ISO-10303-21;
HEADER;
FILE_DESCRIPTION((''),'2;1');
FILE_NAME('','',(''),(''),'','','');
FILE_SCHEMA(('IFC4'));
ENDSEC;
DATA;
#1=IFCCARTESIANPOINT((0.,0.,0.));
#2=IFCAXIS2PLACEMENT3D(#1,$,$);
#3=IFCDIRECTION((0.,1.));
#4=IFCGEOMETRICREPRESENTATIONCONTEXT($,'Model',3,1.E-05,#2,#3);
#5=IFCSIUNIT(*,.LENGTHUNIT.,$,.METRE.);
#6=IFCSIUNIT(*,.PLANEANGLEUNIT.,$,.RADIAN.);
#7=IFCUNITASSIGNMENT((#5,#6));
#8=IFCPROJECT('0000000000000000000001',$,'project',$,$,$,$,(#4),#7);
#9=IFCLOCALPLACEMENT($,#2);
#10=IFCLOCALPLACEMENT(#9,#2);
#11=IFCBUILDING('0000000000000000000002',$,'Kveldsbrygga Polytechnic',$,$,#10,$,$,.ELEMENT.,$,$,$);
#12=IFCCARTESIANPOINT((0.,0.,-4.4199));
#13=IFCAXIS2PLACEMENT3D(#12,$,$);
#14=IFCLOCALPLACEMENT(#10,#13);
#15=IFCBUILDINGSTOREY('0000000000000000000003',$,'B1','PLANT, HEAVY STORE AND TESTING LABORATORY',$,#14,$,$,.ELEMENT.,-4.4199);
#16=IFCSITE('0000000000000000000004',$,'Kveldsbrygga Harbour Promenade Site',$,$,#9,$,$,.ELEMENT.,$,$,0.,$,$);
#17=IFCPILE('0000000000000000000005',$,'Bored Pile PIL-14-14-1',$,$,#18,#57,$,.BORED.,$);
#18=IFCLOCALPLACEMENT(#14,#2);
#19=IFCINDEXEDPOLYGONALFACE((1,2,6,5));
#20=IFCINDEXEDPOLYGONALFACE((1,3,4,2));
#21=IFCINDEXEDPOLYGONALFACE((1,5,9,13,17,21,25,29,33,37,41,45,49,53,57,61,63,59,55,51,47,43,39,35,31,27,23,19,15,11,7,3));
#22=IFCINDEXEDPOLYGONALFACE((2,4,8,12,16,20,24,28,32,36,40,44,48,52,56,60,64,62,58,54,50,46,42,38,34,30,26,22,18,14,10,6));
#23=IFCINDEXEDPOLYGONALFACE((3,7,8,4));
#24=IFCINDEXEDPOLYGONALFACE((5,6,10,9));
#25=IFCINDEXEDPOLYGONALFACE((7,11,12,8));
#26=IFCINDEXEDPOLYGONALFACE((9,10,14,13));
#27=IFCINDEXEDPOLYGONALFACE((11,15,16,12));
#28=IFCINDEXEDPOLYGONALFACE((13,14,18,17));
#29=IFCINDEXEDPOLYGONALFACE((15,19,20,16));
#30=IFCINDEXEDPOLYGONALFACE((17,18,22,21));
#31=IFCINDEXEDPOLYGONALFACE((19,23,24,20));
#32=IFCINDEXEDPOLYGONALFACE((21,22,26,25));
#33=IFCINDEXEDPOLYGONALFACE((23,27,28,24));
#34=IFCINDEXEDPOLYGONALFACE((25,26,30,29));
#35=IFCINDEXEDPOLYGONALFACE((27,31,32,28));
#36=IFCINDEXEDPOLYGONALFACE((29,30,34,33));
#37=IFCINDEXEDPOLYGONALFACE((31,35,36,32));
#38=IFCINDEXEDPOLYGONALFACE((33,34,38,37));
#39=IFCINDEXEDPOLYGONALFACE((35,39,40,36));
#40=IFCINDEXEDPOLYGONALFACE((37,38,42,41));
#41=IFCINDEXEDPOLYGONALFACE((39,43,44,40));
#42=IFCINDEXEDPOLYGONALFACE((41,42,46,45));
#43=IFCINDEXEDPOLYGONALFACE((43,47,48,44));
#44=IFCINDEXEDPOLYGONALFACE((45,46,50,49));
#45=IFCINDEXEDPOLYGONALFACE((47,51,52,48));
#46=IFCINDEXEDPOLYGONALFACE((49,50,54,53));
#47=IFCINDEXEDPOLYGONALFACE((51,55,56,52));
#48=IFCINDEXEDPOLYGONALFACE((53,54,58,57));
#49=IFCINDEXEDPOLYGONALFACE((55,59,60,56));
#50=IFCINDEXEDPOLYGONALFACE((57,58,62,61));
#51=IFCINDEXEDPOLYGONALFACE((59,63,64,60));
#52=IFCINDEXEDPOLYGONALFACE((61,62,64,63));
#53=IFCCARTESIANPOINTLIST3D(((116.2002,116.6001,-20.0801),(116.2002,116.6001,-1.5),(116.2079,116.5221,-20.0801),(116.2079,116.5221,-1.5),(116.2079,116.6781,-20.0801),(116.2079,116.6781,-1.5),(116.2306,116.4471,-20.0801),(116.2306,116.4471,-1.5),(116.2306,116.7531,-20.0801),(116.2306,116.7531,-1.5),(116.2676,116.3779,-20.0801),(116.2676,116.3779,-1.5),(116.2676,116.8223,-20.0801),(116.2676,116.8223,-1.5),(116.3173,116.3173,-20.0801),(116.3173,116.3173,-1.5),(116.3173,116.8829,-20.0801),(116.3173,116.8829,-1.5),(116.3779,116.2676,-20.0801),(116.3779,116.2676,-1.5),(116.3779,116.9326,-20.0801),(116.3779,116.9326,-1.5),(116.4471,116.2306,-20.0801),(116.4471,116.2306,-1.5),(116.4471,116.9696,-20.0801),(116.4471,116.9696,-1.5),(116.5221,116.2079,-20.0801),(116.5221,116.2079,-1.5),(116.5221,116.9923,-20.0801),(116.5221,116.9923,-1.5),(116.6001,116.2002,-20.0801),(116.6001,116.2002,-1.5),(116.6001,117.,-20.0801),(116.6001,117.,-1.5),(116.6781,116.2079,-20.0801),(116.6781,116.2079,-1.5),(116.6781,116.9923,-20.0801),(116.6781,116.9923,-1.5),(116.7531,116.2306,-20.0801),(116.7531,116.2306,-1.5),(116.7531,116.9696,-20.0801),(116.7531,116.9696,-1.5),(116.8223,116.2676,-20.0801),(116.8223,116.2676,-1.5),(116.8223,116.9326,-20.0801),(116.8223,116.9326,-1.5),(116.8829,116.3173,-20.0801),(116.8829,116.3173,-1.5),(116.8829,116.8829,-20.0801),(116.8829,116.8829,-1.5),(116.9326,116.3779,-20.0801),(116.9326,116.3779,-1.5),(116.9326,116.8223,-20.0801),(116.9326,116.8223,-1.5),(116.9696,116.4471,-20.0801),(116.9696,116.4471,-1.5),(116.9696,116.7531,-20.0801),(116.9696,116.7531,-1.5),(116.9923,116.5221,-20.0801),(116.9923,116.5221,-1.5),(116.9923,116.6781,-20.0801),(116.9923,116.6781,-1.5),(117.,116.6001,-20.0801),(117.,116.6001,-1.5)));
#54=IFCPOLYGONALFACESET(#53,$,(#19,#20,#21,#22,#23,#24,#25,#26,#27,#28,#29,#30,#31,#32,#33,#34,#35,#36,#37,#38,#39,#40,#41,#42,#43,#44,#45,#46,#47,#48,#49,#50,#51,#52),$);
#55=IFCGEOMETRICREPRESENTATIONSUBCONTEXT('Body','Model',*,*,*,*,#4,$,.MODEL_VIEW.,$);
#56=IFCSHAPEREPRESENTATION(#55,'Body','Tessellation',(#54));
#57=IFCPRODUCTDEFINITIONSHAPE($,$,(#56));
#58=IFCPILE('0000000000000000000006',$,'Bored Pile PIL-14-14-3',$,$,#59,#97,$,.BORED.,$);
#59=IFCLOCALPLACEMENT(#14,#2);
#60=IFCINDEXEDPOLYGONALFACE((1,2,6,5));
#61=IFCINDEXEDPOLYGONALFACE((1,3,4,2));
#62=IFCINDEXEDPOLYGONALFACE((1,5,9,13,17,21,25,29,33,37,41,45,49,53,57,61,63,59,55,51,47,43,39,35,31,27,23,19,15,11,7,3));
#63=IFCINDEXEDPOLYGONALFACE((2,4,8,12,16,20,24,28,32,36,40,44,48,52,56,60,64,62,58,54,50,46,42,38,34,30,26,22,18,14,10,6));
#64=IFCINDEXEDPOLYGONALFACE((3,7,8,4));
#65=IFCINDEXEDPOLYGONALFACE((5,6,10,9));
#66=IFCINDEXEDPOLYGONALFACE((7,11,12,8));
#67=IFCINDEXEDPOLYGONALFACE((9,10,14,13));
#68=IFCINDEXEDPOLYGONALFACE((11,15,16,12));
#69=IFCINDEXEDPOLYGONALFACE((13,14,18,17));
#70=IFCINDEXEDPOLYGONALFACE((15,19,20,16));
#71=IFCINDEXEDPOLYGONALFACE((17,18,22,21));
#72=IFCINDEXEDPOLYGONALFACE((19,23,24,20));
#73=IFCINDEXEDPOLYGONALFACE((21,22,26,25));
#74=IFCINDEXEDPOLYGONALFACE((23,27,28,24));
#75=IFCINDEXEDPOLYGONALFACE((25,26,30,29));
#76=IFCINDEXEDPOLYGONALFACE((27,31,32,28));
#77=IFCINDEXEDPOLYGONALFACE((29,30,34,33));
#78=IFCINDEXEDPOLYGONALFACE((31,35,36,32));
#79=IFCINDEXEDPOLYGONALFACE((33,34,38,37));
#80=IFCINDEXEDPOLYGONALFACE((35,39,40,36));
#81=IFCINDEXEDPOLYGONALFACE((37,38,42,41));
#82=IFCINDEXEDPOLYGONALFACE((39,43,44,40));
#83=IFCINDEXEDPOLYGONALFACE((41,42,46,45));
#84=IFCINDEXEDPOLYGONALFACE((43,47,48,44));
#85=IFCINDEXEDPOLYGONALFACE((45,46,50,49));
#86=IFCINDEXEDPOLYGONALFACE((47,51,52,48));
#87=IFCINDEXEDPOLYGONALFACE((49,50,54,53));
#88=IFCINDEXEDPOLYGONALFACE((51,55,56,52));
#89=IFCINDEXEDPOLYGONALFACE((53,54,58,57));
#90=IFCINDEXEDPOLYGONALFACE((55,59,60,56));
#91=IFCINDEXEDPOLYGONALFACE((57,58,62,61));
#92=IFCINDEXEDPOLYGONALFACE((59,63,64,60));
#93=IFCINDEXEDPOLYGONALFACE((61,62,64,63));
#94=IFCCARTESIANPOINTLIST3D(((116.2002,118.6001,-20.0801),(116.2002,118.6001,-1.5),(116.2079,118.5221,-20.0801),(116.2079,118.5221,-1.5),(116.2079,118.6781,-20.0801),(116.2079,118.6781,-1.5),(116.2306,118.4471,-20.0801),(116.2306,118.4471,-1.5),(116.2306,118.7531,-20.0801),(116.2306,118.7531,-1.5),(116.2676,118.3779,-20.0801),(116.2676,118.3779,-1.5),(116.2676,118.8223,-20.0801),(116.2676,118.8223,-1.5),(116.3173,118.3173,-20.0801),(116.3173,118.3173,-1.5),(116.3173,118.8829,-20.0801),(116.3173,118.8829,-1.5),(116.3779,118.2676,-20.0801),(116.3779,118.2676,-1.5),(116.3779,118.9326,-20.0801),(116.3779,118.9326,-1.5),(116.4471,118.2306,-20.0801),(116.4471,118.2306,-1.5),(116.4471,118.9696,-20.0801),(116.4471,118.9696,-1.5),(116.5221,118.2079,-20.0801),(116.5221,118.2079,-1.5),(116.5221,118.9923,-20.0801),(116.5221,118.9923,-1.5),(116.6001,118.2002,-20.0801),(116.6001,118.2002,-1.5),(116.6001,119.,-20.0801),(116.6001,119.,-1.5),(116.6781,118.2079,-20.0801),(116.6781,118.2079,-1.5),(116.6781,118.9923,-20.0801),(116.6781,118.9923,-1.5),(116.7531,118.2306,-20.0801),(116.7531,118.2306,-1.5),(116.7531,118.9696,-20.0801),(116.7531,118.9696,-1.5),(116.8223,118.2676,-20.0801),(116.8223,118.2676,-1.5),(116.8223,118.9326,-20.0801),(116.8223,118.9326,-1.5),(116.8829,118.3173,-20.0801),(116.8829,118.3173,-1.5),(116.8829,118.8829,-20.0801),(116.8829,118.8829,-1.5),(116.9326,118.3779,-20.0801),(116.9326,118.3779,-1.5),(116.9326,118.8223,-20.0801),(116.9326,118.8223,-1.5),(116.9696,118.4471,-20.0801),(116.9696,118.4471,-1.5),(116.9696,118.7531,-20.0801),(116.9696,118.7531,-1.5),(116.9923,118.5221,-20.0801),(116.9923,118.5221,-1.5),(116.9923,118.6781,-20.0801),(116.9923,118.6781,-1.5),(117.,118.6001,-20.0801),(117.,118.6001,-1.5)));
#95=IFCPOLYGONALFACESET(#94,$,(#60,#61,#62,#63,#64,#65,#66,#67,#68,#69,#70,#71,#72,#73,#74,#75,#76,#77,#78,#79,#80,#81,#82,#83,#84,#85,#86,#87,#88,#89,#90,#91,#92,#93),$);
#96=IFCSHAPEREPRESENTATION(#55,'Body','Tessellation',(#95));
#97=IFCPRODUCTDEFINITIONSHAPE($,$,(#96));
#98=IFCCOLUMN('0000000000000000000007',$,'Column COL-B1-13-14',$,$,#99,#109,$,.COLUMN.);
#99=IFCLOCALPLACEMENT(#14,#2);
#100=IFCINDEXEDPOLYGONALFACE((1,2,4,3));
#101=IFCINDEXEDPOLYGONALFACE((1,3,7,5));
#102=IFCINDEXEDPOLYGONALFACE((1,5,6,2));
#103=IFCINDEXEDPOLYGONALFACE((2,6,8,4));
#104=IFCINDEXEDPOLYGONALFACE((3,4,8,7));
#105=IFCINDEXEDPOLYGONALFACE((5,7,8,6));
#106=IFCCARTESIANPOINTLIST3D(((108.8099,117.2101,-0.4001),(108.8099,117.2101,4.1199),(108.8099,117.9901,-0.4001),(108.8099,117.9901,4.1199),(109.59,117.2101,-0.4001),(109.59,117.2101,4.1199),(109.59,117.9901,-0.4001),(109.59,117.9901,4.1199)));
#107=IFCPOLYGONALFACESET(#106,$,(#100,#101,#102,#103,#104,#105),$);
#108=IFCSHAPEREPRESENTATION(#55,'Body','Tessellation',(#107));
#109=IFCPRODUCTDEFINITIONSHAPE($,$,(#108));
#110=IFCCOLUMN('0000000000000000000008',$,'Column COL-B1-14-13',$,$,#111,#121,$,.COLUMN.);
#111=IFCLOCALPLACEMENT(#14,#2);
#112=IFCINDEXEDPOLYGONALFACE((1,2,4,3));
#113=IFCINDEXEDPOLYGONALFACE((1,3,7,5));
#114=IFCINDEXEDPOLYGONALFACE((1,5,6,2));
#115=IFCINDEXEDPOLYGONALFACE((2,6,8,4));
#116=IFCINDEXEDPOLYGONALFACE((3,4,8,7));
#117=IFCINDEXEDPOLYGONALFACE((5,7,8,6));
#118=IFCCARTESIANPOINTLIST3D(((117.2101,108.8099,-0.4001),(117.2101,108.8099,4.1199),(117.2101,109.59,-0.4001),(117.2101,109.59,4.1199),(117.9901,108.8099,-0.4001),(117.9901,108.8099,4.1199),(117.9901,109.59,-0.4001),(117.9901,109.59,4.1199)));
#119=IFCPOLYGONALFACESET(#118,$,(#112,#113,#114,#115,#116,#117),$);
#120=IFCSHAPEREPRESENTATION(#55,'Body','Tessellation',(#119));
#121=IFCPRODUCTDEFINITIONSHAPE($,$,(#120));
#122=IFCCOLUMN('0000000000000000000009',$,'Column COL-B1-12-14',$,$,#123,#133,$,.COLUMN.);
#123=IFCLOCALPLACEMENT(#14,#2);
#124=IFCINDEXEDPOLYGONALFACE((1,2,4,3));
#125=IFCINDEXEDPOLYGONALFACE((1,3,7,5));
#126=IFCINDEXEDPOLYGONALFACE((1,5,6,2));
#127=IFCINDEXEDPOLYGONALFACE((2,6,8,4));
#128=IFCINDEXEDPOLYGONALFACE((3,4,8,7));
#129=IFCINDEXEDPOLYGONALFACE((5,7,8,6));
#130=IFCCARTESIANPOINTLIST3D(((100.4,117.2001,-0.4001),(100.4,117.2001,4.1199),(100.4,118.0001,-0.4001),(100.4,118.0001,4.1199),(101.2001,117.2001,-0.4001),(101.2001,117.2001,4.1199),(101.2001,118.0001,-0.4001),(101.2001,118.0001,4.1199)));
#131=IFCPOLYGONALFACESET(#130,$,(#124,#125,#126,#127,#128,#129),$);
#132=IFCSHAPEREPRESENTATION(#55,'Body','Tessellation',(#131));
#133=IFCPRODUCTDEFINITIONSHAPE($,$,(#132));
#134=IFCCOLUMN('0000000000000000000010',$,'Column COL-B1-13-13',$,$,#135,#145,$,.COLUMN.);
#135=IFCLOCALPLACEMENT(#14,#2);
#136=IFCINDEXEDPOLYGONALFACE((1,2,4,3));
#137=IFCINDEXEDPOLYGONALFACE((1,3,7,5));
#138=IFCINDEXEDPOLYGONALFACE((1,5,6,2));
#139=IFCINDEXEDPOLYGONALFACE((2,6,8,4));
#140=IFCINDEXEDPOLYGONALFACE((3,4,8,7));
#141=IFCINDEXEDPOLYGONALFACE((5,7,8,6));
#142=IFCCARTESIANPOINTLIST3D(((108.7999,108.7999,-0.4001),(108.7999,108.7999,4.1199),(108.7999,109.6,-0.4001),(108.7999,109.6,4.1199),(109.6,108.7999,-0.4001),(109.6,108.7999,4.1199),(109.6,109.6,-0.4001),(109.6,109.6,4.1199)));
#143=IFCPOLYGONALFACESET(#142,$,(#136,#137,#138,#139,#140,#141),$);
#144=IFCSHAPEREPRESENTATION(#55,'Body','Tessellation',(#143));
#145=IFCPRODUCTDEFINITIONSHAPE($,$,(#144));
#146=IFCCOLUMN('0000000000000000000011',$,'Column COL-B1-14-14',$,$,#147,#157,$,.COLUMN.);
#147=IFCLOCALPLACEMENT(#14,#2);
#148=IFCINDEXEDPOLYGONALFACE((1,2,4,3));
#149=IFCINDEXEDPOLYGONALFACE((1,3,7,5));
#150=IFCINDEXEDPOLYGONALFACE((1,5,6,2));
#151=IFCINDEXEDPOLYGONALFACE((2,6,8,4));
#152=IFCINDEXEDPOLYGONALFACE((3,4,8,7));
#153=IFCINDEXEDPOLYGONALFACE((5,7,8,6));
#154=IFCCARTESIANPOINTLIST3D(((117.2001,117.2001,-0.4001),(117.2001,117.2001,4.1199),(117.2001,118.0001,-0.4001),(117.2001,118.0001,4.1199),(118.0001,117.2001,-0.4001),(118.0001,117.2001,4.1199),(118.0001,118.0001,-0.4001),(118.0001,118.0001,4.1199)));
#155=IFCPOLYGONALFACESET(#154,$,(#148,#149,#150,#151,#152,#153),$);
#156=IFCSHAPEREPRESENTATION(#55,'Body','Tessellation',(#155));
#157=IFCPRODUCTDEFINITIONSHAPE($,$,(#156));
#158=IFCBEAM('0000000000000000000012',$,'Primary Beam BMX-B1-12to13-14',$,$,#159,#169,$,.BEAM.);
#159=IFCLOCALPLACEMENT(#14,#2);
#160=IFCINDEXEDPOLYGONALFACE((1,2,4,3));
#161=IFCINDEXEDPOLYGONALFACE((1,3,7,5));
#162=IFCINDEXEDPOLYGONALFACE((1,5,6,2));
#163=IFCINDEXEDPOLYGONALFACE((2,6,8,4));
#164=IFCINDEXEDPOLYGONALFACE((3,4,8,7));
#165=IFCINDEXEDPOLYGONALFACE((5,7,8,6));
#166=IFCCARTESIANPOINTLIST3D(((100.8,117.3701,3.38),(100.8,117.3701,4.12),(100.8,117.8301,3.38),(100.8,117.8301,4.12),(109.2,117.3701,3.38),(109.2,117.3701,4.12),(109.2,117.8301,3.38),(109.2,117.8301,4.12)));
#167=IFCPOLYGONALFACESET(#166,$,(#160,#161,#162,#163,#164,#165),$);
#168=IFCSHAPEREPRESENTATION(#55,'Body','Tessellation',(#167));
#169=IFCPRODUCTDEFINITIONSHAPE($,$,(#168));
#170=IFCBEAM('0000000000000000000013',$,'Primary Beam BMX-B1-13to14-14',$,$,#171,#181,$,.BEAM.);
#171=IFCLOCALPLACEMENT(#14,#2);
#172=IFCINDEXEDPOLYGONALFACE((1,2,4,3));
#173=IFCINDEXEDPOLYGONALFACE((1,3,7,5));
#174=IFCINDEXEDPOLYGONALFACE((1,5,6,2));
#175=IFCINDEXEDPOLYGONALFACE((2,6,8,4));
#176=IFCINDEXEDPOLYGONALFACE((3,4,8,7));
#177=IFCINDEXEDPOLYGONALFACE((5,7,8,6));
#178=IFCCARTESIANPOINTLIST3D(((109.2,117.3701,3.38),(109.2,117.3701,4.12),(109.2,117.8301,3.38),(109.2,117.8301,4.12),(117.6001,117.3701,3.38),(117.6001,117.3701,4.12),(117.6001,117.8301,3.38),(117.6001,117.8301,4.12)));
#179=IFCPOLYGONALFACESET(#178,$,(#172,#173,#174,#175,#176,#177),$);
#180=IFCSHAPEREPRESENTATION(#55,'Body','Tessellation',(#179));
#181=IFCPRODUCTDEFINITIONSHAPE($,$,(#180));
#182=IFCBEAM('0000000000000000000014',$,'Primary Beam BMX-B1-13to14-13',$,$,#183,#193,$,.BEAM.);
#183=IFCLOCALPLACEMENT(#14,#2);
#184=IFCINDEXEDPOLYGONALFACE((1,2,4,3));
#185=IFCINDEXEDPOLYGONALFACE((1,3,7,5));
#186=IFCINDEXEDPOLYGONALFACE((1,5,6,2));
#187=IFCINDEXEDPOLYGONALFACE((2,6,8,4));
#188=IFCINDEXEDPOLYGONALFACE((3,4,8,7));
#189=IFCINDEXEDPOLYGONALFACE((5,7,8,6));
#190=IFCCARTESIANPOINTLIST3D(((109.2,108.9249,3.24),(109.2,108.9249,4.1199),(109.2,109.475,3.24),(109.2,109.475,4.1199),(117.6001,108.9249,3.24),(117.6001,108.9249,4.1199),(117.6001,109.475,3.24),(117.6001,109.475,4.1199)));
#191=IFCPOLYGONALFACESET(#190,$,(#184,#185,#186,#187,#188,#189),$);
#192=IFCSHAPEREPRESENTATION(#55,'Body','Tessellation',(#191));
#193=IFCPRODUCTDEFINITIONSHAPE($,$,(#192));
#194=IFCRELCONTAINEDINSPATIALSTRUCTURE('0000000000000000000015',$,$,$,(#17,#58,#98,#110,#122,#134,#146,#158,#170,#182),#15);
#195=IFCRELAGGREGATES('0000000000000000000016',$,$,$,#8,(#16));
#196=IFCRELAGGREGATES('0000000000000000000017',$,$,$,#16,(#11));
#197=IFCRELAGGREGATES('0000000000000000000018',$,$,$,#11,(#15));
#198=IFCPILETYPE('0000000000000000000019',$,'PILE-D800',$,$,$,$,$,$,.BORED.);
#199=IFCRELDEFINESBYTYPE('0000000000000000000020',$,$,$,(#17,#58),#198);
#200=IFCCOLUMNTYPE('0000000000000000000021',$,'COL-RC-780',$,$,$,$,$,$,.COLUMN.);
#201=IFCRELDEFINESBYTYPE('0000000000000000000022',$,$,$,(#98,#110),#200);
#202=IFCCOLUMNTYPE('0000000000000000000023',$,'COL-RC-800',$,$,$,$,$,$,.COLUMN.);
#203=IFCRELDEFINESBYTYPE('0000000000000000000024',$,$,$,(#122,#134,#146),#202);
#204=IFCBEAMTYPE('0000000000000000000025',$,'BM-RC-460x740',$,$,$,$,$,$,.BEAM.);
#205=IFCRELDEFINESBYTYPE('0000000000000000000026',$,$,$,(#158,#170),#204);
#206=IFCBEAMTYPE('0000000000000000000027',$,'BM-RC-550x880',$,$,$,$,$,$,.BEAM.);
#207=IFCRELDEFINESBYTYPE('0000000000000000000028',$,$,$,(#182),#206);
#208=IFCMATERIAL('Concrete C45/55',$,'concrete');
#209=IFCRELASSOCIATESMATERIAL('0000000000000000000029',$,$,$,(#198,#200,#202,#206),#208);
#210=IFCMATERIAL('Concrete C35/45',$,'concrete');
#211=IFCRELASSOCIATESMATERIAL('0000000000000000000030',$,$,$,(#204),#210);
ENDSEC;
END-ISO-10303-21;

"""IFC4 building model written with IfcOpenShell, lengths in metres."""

from ifc_helpers import new_model, si_unit, direction, frame, origin, origin_2d, place, context, subcontext, project, spatial, rectangle, circle, extrude, material, material_profile, profile_set, type_object, element, save


model = new_model("IFC4")

# Units and contexts
model_context = context("Model", 3, precision=1e-05, world=origin(), true_north=direction((0.0, 1.0)))
body_context = subcontext(model_context, "Body", "Model", "MODEL_VIEW")
ifc_project = project(units=[si_unit("LENGTHUNIT", "METRE"), si_unit("PLANEANGLEUNIT", "RADIAN")], contexts=[model_context])

# Site, building, storey
site_placement = place(None, origin())
site = spatial("IfcSite", under=ifc_project, at=site_placement, Name="Kveldsbrygga Harbour Promenade Site", CompositionType="ELEMENT", RefElevation=0.0)
building_placement = place(site_placement, origin())
building = spatial("IfcBuilding", under=site, at=building_placement, Name="Kveldsbrygga Polytechnic", CompositionType="ELEMENT")
storey_placement = place(building_placement, frame((0.0, 0.0, -4.4199)))
storey = spatial("IfcBuildingStorey", under=building, at=storey_placement, Name="B1", Description="PLANT, HEAVY STORE AND TESTING LABORATORY", CompositionType="ELEMENT", Elevation=-4.4199)

# Shared definitions
ifc_material_1 = material(Name="Concrete C45/55", Category="concrete")

# Piles
ifc_material_profile_1 = material_profile(ifc_material_1, circle(Radius=0.3999, at=origin_2d()), Name="PILE D800")
ifc_profile_set_1 = profile_set([ifc_material_profile_1], Name="Concrete C45/55")
pile_type = type_object("IfcPileType", Name="PILE-D800", PredefinedType="BORED", material=ifc_profile_set_1)
for number, where, z_axis, x_axis, name in (
    (1, (116.6001, 116.6001, -1.5), (0.0, 0.0, -1.0), (1.0, 0.0, 0.0), "Bored Pile PIL-14-14-1"),
    (2, (116.6001, 118.6001, -1.5), (0.0, 0.0, -1.0), (1.0, 0.0, 0.0), "Bored Pile PIL-14-14-3"),
):
    element("IfcPile", number, at=place(storey_placement, frame(where, z_axis=z_axis, x_axis=x_axis)), inside=storey, type_object=pile_type, Name=name, PredefinedType="BORED", context=body_context, shape_type="SweptSolid", body=[
        extrude(circle(Radius=0.3999, at=origin_2d()), origin(), (0.0, 0.0, 1.0), 18.5801),
    ])

# Columns
ifc_material_profile_2 = material_profile(ifc_material_1, rectangle(XDim=0.78, YDim=0.78, at=origin_2d()), Name="RC 780x780")
ifc_profile_set_2 = profile_set([ifc_material_profile_2], Name="Concrete C45/55")
column_type_1 = type_object("IfcColumnType", Name="COL-RC-780", PredefinedType="COLUMN", material=ifc_profile_set_2)
for number, where, z_axis, x_axis, name in (
    (3, (109.2, 117.6001, -0.4001), (0.0, 0.0, 1.0), (1.0, 0.0, 0.0), "Column COL-B1-13-14"),
    (4, (117.6001, 109.2, -0.4001), (0.0, 0.0, 1.0), (1.0, 0.0, 0.0), "Column COL-B1-14-13"),
):
    element("IfcColumn", number, at=place(storey_placement, frame(where, z_axis=z_axis, x_axis=x_axis)), inside=storey, type_object=column_type_1, Name=name, PredefinedType="COLUMN", context=body_context, shape_type="SweptSolid", body=[
        extrude(rectangle(XDim=0.78, YDim=0.78, at=origin_2d()), origin(), (0.0, 0.0, 1.0), 4.52),
    ])
ifc_material_profile_3 = material_profile(ifc_material_1, rectangle(XDim=0.8, YDim=0.8, at=origin_2d()), Name="RC 800x800")
ifc_profile_set_3 = profile_set([ifc_material_profile_3], Name="Concrete C45/55")
column_type_2 = type_object("IfcColumnType", Name="COL-RC-800", PredefinedType="COLUMN", material=ifc_profile_set_3)
for number, where, z_axis, x_axis, name in (
    (5, (100.8, 117.6001, -0.4001), (0.0, 0.0, 1.0), (1.0, 0.0, 0.0), "Column COL-B1-12-14"),
    (6, (109.2, 109.2, -0.4001), (0.0, 0.0, 1.0), (1.0, 0.0, 0.0), "Column COL-B1-13-13"),
    (7, (117.6001, 117.6001, -0.4001), (0.0, 0.0, 1.0), (1.0, 0.0, 0.0), "Column COL-B1-14-14"),
):
    element("IfcColumn", number, at=place(storey_placement, frame(where, z_axis=z_axis, x_axis=x_axis)), inside=storey, type_object=column_type_2, Name=name, PredefinedType="COLUMN", context=body_context, shape_type="SweptSolid", body=[
        extrude(rectangle(XDim=0.8, YDim=0.8, at=origin_2d()), origin(), (0.0, 0.0, 1.0), 4.52),
    ])

# Beams
ifc_material_2 = material(Name="Concrete C35/45", Category="concrete")
ifc_material_profile_4 = material_profile(ifc_material_2, rectangle(XDim=0.46, YDim=0.74, at=origin_2d()), Name="RC 460x740")
ifc_profile_set_4 = profile_set([ifc_material_profile_4], Name="Concrete C35/45")
beam_type_1 = type_object("IfcBeamType", Name="BM-RC-460x740", PredefinedType="BEAM", material=ifc_profile_set_4)
beam_1_placement = place(storey_placement, frame((100.8, 117.6001, 3.75), z_axis=(1.0, 0.0, 0.0), x_axis=(0.0, 1.0, 0.0)))
element("IfcBeam", 8, at=beam_1_placement, inside=storey, type_object=beam_type_1, Name="Primary Beam BMX-B1-12to13-14", PredefinedType="BEAM", context=body_context, shape_type="SweptSolid", body=[
    extrude(rectangle(XDim=0.46, YDim=0.74, at=origin_2d()), origin(), (0.0, 0.0, 1.0), 8.3999),
])
beam_2_placement = place(storey_placement, frame((109.2, 117.6001, 3.75), z_axis=(1.0, 0.0, 0.0), x_axis=(0.0, 1.0, 0.0)))
element("IfcBeam", 9, at=beam_2_placement, inside=storey, type_object=beam_type_1, Name="Primary Beam BMX-B1-13to14-14", PredefinedType="BEAM", context=body_context, shape_type="SweptSolid", body=[
    extrude(rectangle(XDim=0.46, YDim=0.74, at=origin_2d()), origin(), (0.0, 0.0, 1.0), 8.4001),
])
ifc_material_profile_5 = material_profile(ifc_material_1, rectangle(XDim=0.55, YDim=0.8799, at=origin_2d()), Name="RC 550x880")
ifc_profile_set_5 = profile_set([ifc_material_profile_5], Name="Concrete C45/55")
beam_type_2 = type_object("IfcBeamType", Name="BM-RC-550x880", PredefinedType="BEAM", material=ifc_profile_set_5)
beam_3_placement = place(storey_placement, frame((109.2, 109.2, 3.6799), z_axis=(1.0, 0.0, 0.0), x_axis=(0.0, 1.0, 0.0)))
element("IfcBeam", 10, at=beam_3_placement, inside=storey, type_object=beam_type_2, Name="Primary Beam BMX-B1-13to14-13", PredefinedType="BEAM", context=body_context, shape_type="SweptSolid", body=[
    extrude(rectangle(XDim=0.55, YDim=0.8799, at=origin_2d()), origin(), (0.0, 0.0, 1.0), 8.4001),
])

save(model, "model.ifc")
